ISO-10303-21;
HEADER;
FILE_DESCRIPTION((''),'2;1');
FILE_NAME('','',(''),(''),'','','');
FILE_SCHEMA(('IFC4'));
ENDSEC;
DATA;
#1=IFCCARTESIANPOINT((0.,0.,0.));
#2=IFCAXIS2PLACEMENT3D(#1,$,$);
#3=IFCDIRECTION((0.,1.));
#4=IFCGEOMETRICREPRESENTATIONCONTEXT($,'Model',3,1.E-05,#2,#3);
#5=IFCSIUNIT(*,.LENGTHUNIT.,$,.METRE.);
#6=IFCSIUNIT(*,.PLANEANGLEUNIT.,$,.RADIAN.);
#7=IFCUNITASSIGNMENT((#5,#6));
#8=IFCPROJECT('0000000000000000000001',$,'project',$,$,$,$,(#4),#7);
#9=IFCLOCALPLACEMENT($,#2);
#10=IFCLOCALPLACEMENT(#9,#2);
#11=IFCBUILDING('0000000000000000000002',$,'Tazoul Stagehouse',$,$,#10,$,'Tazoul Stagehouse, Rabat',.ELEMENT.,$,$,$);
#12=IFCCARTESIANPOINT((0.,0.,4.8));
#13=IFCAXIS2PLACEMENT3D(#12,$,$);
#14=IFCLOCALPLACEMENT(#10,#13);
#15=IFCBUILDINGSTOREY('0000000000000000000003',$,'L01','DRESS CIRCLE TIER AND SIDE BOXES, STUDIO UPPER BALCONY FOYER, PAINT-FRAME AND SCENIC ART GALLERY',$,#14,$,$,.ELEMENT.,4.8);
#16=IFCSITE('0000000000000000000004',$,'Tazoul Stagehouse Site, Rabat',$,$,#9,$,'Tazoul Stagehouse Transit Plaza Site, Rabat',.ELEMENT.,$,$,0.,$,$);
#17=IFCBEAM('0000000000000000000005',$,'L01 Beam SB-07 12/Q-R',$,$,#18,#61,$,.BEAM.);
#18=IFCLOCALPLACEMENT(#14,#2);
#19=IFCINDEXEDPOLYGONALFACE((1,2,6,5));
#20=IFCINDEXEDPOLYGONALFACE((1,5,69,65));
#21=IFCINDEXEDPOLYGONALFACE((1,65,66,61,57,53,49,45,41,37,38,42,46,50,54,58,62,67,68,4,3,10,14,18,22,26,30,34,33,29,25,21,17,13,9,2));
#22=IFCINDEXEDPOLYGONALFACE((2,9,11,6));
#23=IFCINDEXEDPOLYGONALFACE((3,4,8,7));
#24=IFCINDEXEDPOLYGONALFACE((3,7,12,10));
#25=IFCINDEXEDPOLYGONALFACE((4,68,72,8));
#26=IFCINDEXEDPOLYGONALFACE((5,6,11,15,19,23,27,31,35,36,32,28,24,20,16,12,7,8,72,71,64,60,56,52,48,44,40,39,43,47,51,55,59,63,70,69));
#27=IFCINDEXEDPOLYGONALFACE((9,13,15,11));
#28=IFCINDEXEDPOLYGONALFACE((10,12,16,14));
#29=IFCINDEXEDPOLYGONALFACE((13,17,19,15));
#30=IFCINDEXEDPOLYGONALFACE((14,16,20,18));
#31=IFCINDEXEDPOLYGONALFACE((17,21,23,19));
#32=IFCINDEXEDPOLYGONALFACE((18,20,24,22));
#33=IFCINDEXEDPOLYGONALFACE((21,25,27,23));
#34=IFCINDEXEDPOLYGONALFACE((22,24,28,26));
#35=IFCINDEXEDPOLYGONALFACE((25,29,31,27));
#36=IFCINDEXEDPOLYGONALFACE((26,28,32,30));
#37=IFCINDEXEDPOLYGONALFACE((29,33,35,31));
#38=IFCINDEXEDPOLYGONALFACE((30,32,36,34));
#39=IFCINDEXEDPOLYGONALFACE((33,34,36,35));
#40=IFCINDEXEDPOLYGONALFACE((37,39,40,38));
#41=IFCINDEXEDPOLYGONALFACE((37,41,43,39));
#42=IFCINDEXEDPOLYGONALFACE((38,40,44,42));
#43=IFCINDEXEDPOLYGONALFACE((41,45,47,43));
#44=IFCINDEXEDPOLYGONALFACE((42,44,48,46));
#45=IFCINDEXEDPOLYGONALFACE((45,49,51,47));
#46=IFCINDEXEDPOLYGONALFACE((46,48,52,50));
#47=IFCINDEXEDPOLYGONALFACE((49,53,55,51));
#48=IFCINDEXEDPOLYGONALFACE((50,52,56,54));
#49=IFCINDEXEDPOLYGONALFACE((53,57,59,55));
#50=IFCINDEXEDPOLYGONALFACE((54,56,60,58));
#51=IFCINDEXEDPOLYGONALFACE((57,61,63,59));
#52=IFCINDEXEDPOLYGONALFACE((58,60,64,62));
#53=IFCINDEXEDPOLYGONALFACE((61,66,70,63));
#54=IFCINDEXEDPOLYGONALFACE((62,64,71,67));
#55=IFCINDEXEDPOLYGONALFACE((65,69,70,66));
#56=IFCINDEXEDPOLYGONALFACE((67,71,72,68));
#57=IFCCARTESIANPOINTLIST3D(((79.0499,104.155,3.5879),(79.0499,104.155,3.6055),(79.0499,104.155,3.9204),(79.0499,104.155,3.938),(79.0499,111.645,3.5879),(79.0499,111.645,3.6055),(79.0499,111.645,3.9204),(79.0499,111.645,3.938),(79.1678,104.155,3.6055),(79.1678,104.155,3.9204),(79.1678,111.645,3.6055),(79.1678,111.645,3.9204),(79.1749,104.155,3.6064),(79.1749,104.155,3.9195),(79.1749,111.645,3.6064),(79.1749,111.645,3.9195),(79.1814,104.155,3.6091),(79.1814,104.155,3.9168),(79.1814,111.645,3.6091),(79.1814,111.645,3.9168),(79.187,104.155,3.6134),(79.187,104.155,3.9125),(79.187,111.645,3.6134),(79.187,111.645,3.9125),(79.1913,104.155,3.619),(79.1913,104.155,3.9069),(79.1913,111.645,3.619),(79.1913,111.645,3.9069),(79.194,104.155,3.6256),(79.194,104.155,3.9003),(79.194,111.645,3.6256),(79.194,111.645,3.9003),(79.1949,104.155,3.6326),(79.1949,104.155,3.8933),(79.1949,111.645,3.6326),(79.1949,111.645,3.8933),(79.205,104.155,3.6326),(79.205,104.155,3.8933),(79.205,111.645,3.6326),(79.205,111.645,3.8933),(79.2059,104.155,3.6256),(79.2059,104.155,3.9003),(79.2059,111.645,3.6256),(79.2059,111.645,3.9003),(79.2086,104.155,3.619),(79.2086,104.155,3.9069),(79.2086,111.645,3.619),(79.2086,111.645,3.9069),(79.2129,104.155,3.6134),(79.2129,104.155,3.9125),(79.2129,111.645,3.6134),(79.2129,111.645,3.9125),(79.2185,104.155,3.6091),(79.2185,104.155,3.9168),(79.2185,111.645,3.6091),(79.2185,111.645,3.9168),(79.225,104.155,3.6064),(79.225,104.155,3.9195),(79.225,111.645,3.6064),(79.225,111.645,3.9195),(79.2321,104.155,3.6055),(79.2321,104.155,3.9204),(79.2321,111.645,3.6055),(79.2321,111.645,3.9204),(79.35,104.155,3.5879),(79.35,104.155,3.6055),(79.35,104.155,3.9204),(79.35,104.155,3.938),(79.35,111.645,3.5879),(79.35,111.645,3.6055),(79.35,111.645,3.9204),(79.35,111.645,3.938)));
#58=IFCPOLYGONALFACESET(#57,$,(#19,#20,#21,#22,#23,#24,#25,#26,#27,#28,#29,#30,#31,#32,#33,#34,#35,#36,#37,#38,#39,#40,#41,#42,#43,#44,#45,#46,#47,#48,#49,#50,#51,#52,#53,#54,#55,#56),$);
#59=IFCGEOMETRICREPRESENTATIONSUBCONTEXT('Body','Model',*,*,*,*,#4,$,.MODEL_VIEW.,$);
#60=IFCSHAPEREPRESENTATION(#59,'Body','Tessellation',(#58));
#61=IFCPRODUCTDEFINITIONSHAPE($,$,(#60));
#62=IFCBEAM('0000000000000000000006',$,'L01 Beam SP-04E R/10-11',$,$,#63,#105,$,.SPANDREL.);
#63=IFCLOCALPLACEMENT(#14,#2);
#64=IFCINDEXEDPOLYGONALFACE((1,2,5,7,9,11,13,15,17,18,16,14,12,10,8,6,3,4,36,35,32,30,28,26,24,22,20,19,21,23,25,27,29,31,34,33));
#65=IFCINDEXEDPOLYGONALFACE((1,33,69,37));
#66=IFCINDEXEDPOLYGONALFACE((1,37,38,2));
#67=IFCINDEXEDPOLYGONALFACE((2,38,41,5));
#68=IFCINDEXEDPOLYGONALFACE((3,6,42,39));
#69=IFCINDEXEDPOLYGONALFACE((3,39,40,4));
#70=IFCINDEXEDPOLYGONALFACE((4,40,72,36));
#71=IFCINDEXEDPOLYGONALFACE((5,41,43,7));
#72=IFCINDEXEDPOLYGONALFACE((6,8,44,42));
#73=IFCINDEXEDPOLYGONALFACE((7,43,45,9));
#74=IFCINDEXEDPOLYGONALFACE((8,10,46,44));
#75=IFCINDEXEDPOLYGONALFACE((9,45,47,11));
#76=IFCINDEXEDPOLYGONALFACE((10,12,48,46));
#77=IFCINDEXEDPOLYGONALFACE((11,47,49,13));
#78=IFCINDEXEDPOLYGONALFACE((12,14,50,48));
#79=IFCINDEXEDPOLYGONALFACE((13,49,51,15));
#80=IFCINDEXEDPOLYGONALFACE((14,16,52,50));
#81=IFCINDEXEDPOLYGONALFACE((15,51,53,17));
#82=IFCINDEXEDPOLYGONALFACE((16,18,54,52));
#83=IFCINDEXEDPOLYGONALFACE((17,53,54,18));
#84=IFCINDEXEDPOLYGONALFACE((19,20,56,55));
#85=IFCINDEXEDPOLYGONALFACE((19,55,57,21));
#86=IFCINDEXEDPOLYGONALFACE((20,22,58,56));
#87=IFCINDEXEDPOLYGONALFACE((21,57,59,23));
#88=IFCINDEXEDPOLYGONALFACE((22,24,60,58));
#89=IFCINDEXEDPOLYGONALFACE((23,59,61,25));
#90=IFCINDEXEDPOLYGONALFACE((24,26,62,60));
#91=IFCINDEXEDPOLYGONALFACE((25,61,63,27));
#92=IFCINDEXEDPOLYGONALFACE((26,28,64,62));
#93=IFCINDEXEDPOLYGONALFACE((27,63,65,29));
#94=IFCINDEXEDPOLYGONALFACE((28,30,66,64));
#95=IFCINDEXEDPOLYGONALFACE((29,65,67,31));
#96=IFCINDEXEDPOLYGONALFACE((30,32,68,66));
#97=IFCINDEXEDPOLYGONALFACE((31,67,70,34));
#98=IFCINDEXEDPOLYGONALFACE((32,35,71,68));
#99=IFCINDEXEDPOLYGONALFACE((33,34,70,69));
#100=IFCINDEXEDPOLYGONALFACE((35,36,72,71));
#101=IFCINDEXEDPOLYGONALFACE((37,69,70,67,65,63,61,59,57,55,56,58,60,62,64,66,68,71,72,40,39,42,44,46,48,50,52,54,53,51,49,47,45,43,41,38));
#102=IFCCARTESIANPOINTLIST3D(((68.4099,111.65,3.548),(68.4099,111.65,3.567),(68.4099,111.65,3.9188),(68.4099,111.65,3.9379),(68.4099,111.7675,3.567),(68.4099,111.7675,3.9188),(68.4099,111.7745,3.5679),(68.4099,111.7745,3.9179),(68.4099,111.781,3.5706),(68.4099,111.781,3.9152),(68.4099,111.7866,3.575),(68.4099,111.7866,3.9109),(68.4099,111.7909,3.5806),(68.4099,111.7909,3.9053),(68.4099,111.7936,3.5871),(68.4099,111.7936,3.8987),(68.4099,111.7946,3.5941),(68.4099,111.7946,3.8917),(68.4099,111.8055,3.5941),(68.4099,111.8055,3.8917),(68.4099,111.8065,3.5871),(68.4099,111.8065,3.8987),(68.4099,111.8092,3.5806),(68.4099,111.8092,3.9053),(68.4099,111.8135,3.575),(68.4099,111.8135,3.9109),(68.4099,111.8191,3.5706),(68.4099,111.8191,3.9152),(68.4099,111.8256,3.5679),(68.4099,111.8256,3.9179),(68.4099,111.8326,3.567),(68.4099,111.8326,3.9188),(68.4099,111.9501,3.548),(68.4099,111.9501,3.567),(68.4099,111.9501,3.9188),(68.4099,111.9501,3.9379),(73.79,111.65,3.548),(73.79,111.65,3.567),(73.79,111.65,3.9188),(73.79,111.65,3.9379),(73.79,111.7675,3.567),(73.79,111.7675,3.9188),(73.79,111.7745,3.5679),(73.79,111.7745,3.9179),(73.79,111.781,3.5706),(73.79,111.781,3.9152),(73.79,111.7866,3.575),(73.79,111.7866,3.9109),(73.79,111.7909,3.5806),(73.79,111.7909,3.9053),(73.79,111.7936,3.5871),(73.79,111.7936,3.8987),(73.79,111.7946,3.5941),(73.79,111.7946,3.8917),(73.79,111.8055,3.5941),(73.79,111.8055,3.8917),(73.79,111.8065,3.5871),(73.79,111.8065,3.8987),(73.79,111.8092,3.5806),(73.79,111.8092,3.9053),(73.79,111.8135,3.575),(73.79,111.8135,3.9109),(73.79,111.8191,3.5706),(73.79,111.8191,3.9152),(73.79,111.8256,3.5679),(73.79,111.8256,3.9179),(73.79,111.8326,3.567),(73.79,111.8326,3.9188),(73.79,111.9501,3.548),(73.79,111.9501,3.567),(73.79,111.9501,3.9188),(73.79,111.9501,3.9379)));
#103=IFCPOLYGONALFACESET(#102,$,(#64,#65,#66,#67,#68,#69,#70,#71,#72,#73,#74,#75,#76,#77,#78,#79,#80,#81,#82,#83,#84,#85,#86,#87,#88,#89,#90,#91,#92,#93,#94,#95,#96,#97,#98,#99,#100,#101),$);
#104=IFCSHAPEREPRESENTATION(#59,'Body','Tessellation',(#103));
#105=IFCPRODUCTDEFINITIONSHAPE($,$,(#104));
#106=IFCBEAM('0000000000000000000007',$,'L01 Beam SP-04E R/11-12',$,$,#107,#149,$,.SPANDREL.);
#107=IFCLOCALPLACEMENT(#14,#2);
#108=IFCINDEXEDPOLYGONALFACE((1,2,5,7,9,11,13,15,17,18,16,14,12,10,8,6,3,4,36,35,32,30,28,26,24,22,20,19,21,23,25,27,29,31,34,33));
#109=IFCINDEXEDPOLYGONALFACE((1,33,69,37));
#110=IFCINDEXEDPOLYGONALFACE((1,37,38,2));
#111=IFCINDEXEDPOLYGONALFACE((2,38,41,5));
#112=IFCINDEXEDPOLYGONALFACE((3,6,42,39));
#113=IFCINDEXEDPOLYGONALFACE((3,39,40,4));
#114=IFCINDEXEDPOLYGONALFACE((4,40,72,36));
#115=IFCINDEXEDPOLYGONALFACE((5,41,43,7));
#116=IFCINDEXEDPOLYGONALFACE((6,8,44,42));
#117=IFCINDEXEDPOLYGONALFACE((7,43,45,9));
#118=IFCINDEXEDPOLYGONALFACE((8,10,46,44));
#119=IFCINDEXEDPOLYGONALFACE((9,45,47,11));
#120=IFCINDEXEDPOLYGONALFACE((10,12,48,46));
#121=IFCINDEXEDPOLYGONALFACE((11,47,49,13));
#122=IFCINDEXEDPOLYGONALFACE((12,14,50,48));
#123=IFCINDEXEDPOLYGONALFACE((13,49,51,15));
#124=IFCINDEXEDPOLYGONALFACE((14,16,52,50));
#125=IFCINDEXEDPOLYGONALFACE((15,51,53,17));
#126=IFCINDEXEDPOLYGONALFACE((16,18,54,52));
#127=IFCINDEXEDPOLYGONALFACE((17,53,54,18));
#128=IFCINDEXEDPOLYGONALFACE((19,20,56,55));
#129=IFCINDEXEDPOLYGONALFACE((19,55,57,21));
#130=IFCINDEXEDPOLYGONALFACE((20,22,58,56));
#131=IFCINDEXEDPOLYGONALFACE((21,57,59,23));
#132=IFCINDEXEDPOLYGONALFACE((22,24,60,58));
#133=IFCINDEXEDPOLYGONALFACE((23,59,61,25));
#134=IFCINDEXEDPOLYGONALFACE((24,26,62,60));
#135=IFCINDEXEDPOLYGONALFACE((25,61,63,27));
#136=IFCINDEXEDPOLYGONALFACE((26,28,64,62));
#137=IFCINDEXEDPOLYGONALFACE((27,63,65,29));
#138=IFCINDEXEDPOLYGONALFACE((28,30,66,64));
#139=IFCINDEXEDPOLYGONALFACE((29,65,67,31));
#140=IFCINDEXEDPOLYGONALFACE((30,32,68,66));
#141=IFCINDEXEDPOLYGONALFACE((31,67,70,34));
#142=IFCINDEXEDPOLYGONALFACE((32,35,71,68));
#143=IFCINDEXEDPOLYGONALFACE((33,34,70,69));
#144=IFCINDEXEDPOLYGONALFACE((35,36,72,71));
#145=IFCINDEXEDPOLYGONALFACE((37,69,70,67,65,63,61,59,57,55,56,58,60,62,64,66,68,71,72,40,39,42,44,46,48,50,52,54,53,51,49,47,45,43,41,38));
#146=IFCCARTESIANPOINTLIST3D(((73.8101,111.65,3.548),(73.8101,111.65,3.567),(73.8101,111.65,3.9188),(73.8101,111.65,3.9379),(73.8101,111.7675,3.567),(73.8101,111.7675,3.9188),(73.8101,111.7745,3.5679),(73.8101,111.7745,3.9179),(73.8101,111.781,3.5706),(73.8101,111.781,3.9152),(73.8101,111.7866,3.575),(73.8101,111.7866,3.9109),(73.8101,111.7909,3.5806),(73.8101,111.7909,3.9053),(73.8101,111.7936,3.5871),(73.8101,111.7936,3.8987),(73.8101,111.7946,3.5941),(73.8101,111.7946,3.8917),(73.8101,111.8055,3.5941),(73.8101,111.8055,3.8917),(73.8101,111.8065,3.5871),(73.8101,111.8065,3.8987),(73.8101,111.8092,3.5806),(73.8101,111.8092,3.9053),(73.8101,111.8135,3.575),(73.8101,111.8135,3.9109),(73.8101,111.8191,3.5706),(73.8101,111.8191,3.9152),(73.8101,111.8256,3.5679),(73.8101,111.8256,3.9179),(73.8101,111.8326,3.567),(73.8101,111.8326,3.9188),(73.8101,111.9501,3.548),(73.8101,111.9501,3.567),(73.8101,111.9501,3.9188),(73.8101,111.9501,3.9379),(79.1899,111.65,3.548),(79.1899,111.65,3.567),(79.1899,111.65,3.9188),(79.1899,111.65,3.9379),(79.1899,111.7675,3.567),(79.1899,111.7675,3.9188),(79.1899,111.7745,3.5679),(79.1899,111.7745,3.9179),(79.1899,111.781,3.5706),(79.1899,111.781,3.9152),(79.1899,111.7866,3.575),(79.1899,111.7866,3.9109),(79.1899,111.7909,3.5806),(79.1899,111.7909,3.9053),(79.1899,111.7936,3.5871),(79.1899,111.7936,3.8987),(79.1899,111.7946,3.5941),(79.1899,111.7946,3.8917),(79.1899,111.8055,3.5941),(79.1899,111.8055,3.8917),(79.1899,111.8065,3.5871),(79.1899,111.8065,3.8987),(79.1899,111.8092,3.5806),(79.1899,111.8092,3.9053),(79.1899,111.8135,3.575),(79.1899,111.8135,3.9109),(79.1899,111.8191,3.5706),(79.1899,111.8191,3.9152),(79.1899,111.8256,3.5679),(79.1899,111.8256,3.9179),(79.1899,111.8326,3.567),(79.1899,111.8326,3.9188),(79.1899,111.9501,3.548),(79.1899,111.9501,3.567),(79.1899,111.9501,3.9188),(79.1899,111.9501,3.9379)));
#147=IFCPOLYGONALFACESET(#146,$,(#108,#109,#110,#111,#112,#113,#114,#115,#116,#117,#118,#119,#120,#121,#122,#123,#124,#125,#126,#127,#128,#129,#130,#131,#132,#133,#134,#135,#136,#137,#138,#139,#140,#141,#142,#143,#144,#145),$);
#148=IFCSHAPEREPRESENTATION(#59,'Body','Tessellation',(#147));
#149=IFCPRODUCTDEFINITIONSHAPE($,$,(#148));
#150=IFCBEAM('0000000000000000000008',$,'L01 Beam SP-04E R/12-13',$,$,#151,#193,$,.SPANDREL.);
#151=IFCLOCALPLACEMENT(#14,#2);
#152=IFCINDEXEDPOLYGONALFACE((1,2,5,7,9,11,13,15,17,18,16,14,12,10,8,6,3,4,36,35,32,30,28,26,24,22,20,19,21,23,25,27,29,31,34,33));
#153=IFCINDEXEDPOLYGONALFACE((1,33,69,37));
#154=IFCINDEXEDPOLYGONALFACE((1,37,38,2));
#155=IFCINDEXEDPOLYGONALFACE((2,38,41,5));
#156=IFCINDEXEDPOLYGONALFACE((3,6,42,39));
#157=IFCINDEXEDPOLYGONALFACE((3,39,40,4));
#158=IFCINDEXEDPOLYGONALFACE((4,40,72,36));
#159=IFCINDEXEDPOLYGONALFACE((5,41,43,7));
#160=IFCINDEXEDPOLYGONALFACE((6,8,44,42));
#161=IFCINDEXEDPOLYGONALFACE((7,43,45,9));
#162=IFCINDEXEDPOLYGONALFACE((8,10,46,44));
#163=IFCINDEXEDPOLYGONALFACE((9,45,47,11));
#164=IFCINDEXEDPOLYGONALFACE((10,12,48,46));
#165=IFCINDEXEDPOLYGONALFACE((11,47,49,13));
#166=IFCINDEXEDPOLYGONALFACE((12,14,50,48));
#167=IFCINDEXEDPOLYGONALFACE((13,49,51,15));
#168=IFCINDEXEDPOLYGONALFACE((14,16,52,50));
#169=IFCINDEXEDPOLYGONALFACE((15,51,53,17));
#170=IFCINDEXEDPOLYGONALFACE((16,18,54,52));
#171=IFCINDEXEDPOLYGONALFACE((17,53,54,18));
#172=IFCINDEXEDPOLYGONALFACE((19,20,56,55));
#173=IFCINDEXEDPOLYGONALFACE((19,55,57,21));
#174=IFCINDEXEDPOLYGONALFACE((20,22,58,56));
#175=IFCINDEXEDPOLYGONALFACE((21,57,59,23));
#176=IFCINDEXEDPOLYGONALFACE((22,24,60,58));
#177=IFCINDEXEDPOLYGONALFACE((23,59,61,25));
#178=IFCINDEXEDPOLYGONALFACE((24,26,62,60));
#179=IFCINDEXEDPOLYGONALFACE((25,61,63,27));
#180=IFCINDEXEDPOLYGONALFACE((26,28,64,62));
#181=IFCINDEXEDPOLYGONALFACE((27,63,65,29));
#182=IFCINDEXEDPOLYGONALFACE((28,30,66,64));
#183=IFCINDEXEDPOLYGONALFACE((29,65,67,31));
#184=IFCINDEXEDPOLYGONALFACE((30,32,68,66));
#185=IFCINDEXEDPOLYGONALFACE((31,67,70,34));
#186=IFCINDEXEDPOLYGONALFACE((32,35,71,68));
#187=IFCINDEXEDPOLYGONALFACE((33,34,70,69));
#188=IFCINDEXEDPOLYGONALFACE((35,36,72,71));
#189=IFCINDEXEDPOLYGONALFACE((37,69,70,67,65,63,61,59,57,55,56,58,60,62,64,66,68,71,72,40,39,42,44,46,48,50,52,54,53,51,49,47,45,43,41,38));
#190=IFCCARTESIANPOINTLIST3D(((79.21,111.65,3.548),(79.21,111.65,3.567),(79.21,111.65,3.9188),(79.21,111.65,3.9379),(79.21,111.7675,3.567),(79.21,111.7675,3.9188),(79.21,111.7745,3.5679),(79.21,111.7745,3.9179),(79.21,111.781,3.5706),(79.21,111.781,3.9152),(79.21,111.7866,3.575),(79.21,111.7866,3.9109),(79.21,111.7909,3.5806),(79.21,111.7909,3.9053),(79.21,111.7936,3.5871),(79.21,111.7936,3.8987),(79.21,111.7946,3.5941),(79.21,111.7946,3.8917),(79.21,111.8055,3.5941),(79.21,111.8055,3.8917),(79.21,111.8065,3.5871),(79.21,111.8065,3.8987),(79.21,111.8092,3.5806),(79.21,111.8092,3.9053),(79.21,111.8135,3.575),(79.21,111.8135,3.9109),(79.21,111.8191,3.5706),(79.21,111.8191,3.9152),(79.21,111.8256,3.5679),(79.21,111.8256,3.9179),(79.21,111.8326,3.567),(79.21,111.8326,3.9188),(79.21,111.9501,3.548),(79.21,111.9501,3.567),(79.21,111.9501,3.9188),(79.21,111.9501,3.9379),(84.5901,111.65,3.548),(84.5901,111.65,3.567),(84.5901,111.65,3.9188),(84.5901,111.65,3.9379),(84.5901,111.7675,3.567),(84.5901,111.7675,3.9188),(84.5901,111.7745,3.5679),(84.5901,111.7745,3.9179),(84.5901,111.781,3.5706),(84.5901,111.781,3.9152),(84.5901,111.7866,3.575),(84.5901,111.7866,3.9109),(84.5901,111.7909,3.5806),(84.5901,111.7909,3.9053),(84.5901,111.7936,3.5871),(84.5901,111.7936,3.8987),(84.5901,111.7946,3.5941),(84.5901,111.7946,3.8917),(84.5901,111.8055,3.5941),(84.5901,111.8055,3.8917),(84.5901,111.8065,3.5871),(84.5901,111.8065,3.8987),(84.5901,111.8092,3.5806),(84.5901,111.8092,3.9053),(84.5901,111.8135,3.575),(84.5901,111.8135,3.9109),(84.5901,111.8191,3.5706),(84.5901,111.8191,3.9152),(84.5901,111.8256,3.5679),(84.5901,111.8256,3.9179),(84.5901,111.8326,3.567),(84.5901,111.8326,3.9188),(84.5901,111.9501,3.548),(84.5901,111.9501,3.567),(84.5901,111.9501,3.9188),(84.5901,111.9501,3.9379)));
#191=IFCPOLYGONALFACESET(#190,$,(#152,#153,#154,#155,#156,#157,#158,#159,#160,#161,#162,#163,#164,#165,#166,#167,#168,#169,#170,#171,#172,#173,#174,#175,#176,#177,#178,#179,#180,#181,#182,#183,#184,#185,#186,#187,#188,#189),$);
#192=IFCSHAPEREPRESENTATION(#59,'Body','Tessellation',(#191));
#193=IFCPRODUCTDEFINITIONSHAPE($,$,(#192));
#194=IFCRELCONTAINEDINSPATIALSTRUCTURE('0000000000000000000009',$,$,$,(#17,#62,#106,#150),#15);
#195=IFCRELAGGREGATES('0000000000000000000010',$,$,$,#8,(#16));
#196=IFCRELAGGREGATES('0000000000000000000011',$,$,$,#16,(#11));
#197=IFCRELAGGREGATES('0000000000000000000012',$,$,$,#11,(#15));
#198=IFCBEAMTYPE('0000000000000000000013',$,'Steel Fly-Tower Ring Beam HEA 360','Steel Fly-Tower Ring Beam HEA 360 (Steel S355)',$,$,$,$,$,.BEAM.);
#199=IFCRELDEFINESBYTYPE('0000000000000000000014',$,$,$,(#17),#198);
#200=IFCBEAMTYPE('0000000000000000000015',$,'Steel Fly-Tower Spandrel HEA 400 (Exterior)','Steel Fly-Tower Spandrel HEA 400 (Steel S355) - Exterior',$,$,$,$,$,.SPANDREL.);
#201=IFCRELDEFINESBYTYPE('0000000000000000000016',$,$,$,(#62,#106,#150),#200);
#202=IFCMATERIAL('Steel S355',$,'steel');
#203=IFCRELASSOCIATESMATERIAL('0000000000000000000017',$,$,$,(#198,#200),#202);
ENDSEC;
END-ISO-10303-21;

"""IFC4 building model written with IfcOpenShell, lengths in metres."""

from ifc_helpers import new_model, si_unit, direction, frame, origin, origin_2d, place, context, subcontext, project, spatial, i_section, extrude, material, material_profile, profile_set, type_object, element, save


model = new_model("IFC4")

# Units and contexts
model_context = context("Model", 3, precision=1e-05, world=origin(), true_north=direction((0.0, 1.0)))
body_context = subcontext(model_context, "Body", "Model", "MODEL_VIEW")
ifc_project = project(units=[si_unit("LENGTHUNIT", "METRE"), si_unit("PLANEANGLEUNIT", "RADIAN")], contexts=[model_context])

# Site, building, storey
site_placement = place(None, origin())
site = spatial("IfcSite", under=ifc_project, at=site_placement, Name="Tazoul Stagehouse Site, Rabat", LongName="Tazoul Stagehouse Transit Plaza Site, Rabat", CompositionType="ELEMENT", RefElevation=0.0)
building_placement = place(site_placement, origin())
building = spatial("IfcBuilding", under=site, at=building_placement, Name="Tazoul Stagehouse", LongName="Tazoul Stagehouse, Rabat", CompositionType="ELEMENT")
storey_placement = place(building_placement, frame((0.0, 0.0, 4.8)))
storey = spatial("IfcBuildingStorey", under=building, at=storey_placement, Name="L01", Description="DRESS CIRCLE TIER AND SIDE BOXES, STUDIO UPPER BALCONY FOYER, PAINT-FRAME AND SCENIC ART GALLERY", CompositionType="ELEMENT", Elevation=4.8)

# Shared definitions
ifc_material = material(Name="Steel S355", Category="steel")

# Beams
ifc_material_profile_1 = material_profile(ifc_material, i_section(OverallWidth=0.3, OverallDepth=0.3501, WebThickness=0.01, FlangeThickness=0.0176, FilletRadius=0.0271, at=origin_2d()), Name="HEA 360")
ifc_profile_set_1 = profile_set([ifc_material_profile_1], Name="Steel S355")
beam_type_1 = type_object("IfcBeamType", Name="Steel Fly-Tower Ring Beam HEA 360", Description="Steel Fly-Tower Ring Beam HEA 360 (Steel S355)", PredefinedType="BEAM", material=ifc_profile_set_1)
for number, where, z_axis, x_axis, name in (
    (1, (79.2, 104.155, 3.7629), (0.0, 1.0, 0.0), (-1.0, 0.0, 0.0), "L01 Beam SB-07 12/Q-R"),
):
    element("IfcBeam", number, at=place(storey_placement, frame(where, z_axis=z_axis, x_axis=x_axis)), inside=storey, type_object=beam_type_1, Name=name, PredefinedType="BEAM", context=body_context, shape_type="SweptSolid", body=[
        extrude(i_section(OverallWidth=0.3, OverallDepth=0.3501, WebThickness=0.01, FlangeThickness=0.0176, FilletRadius=0.0271, at=origin_2d()), origin(), (0.0, 0.0, 1.0), 7.49),
    ])
ifc_material_profile_2 = material_profile(ifc_material, i_section(OverallWidth=0.3, OverallDepth=0.3899, WebThickness=0.011, FlangeThickness=0.019, FilletRadius=0.0271, at=origin_2d()), Name="HEA 400")
ifc_profile_set_2 = profile_set([ifc_material_profile_2], Name="Steel S355")
beam_type_2 = type_object("IfcBeamType", Name="Steel Fly-Tower Spandrel HEA 400 (Exterior)", Description="Steel Fly-Tower Spandrel HEA 400 (Steel S355) - Exterior", PredefinedType="SPANDREL", material=ifc_profile_set_2)
beam_1_placement = place(storey_placement, frame((68.4099, 111.8, 3.7429), z_axis=(1.0, 0.0, 0.0), x_axis=(0.0, 1.0, 0.0)))
element("IfcBeam", 2, at=beam_1_placement, inside=storey, type_object=beam_type_2, Name="L01 Beam SP-04E R/10-11", PredefinedType="SPANDREL", context=body_context, shape_type="SweptSolid", body=[
    extrude(i_section(OverallWidth=0.3, OverallDepth=0.3899, WebThickness=0.011, FlangeThickness=0.019, FilletRadius=0.0271, at=origin_2d()), origin(), (0.0, 0.0, 1.0), 5.3801),
])
beam_2_placement = place(storey_placement, frame((73.8101, 111.8, 3.7429), z_axis=(1.0, 0.0, 0.0), x_axis=(0.0, 1.0, 0.0)))
element("IfcBeam", 3, at=beam_2_placement, inside=storey, type_object=beam_type_2, Name="L01 Beam SP-04E R/11-12", PredefinedType="SPANDREL", context=body_context, shape_type="SweptSolid", body=[
    extrude(i_section(OverallWidth=0.3, OverallDepth=0.3899, WebThickness=0.011, FlangeThickness=0.019, FilletRadius=0.0271, at=origin_2d()), origin(), (0.0, 0.0, 1.0), 5.3799),
])
beam_3_placement = place(storey_placement, frame((79.21, 111.8, 3.7429), z_axis=(1.0, 0.0, 0.0), x_axis=(0.0, 1.0, 0.0)))
element("IfcBeam", 4, at=beam_3_placement, inside=storey, type_object=beam_type_2, Name="L01 Beam SP-04E R/12-13", PredefinedType="SPANDREL", context=body_context, shape_type="SweptSolid", body=[
    extrude(i_section(OverallWidth=0.3, OverallDepth=0.3899, WebThickness=0.011, FlangeThickness=0.019, FilletRadius=0.0271, at=origin_2d()), origin(), (0.0, 0.0, 1.0), 5.3801),
])

save(model, "model.ifc")
